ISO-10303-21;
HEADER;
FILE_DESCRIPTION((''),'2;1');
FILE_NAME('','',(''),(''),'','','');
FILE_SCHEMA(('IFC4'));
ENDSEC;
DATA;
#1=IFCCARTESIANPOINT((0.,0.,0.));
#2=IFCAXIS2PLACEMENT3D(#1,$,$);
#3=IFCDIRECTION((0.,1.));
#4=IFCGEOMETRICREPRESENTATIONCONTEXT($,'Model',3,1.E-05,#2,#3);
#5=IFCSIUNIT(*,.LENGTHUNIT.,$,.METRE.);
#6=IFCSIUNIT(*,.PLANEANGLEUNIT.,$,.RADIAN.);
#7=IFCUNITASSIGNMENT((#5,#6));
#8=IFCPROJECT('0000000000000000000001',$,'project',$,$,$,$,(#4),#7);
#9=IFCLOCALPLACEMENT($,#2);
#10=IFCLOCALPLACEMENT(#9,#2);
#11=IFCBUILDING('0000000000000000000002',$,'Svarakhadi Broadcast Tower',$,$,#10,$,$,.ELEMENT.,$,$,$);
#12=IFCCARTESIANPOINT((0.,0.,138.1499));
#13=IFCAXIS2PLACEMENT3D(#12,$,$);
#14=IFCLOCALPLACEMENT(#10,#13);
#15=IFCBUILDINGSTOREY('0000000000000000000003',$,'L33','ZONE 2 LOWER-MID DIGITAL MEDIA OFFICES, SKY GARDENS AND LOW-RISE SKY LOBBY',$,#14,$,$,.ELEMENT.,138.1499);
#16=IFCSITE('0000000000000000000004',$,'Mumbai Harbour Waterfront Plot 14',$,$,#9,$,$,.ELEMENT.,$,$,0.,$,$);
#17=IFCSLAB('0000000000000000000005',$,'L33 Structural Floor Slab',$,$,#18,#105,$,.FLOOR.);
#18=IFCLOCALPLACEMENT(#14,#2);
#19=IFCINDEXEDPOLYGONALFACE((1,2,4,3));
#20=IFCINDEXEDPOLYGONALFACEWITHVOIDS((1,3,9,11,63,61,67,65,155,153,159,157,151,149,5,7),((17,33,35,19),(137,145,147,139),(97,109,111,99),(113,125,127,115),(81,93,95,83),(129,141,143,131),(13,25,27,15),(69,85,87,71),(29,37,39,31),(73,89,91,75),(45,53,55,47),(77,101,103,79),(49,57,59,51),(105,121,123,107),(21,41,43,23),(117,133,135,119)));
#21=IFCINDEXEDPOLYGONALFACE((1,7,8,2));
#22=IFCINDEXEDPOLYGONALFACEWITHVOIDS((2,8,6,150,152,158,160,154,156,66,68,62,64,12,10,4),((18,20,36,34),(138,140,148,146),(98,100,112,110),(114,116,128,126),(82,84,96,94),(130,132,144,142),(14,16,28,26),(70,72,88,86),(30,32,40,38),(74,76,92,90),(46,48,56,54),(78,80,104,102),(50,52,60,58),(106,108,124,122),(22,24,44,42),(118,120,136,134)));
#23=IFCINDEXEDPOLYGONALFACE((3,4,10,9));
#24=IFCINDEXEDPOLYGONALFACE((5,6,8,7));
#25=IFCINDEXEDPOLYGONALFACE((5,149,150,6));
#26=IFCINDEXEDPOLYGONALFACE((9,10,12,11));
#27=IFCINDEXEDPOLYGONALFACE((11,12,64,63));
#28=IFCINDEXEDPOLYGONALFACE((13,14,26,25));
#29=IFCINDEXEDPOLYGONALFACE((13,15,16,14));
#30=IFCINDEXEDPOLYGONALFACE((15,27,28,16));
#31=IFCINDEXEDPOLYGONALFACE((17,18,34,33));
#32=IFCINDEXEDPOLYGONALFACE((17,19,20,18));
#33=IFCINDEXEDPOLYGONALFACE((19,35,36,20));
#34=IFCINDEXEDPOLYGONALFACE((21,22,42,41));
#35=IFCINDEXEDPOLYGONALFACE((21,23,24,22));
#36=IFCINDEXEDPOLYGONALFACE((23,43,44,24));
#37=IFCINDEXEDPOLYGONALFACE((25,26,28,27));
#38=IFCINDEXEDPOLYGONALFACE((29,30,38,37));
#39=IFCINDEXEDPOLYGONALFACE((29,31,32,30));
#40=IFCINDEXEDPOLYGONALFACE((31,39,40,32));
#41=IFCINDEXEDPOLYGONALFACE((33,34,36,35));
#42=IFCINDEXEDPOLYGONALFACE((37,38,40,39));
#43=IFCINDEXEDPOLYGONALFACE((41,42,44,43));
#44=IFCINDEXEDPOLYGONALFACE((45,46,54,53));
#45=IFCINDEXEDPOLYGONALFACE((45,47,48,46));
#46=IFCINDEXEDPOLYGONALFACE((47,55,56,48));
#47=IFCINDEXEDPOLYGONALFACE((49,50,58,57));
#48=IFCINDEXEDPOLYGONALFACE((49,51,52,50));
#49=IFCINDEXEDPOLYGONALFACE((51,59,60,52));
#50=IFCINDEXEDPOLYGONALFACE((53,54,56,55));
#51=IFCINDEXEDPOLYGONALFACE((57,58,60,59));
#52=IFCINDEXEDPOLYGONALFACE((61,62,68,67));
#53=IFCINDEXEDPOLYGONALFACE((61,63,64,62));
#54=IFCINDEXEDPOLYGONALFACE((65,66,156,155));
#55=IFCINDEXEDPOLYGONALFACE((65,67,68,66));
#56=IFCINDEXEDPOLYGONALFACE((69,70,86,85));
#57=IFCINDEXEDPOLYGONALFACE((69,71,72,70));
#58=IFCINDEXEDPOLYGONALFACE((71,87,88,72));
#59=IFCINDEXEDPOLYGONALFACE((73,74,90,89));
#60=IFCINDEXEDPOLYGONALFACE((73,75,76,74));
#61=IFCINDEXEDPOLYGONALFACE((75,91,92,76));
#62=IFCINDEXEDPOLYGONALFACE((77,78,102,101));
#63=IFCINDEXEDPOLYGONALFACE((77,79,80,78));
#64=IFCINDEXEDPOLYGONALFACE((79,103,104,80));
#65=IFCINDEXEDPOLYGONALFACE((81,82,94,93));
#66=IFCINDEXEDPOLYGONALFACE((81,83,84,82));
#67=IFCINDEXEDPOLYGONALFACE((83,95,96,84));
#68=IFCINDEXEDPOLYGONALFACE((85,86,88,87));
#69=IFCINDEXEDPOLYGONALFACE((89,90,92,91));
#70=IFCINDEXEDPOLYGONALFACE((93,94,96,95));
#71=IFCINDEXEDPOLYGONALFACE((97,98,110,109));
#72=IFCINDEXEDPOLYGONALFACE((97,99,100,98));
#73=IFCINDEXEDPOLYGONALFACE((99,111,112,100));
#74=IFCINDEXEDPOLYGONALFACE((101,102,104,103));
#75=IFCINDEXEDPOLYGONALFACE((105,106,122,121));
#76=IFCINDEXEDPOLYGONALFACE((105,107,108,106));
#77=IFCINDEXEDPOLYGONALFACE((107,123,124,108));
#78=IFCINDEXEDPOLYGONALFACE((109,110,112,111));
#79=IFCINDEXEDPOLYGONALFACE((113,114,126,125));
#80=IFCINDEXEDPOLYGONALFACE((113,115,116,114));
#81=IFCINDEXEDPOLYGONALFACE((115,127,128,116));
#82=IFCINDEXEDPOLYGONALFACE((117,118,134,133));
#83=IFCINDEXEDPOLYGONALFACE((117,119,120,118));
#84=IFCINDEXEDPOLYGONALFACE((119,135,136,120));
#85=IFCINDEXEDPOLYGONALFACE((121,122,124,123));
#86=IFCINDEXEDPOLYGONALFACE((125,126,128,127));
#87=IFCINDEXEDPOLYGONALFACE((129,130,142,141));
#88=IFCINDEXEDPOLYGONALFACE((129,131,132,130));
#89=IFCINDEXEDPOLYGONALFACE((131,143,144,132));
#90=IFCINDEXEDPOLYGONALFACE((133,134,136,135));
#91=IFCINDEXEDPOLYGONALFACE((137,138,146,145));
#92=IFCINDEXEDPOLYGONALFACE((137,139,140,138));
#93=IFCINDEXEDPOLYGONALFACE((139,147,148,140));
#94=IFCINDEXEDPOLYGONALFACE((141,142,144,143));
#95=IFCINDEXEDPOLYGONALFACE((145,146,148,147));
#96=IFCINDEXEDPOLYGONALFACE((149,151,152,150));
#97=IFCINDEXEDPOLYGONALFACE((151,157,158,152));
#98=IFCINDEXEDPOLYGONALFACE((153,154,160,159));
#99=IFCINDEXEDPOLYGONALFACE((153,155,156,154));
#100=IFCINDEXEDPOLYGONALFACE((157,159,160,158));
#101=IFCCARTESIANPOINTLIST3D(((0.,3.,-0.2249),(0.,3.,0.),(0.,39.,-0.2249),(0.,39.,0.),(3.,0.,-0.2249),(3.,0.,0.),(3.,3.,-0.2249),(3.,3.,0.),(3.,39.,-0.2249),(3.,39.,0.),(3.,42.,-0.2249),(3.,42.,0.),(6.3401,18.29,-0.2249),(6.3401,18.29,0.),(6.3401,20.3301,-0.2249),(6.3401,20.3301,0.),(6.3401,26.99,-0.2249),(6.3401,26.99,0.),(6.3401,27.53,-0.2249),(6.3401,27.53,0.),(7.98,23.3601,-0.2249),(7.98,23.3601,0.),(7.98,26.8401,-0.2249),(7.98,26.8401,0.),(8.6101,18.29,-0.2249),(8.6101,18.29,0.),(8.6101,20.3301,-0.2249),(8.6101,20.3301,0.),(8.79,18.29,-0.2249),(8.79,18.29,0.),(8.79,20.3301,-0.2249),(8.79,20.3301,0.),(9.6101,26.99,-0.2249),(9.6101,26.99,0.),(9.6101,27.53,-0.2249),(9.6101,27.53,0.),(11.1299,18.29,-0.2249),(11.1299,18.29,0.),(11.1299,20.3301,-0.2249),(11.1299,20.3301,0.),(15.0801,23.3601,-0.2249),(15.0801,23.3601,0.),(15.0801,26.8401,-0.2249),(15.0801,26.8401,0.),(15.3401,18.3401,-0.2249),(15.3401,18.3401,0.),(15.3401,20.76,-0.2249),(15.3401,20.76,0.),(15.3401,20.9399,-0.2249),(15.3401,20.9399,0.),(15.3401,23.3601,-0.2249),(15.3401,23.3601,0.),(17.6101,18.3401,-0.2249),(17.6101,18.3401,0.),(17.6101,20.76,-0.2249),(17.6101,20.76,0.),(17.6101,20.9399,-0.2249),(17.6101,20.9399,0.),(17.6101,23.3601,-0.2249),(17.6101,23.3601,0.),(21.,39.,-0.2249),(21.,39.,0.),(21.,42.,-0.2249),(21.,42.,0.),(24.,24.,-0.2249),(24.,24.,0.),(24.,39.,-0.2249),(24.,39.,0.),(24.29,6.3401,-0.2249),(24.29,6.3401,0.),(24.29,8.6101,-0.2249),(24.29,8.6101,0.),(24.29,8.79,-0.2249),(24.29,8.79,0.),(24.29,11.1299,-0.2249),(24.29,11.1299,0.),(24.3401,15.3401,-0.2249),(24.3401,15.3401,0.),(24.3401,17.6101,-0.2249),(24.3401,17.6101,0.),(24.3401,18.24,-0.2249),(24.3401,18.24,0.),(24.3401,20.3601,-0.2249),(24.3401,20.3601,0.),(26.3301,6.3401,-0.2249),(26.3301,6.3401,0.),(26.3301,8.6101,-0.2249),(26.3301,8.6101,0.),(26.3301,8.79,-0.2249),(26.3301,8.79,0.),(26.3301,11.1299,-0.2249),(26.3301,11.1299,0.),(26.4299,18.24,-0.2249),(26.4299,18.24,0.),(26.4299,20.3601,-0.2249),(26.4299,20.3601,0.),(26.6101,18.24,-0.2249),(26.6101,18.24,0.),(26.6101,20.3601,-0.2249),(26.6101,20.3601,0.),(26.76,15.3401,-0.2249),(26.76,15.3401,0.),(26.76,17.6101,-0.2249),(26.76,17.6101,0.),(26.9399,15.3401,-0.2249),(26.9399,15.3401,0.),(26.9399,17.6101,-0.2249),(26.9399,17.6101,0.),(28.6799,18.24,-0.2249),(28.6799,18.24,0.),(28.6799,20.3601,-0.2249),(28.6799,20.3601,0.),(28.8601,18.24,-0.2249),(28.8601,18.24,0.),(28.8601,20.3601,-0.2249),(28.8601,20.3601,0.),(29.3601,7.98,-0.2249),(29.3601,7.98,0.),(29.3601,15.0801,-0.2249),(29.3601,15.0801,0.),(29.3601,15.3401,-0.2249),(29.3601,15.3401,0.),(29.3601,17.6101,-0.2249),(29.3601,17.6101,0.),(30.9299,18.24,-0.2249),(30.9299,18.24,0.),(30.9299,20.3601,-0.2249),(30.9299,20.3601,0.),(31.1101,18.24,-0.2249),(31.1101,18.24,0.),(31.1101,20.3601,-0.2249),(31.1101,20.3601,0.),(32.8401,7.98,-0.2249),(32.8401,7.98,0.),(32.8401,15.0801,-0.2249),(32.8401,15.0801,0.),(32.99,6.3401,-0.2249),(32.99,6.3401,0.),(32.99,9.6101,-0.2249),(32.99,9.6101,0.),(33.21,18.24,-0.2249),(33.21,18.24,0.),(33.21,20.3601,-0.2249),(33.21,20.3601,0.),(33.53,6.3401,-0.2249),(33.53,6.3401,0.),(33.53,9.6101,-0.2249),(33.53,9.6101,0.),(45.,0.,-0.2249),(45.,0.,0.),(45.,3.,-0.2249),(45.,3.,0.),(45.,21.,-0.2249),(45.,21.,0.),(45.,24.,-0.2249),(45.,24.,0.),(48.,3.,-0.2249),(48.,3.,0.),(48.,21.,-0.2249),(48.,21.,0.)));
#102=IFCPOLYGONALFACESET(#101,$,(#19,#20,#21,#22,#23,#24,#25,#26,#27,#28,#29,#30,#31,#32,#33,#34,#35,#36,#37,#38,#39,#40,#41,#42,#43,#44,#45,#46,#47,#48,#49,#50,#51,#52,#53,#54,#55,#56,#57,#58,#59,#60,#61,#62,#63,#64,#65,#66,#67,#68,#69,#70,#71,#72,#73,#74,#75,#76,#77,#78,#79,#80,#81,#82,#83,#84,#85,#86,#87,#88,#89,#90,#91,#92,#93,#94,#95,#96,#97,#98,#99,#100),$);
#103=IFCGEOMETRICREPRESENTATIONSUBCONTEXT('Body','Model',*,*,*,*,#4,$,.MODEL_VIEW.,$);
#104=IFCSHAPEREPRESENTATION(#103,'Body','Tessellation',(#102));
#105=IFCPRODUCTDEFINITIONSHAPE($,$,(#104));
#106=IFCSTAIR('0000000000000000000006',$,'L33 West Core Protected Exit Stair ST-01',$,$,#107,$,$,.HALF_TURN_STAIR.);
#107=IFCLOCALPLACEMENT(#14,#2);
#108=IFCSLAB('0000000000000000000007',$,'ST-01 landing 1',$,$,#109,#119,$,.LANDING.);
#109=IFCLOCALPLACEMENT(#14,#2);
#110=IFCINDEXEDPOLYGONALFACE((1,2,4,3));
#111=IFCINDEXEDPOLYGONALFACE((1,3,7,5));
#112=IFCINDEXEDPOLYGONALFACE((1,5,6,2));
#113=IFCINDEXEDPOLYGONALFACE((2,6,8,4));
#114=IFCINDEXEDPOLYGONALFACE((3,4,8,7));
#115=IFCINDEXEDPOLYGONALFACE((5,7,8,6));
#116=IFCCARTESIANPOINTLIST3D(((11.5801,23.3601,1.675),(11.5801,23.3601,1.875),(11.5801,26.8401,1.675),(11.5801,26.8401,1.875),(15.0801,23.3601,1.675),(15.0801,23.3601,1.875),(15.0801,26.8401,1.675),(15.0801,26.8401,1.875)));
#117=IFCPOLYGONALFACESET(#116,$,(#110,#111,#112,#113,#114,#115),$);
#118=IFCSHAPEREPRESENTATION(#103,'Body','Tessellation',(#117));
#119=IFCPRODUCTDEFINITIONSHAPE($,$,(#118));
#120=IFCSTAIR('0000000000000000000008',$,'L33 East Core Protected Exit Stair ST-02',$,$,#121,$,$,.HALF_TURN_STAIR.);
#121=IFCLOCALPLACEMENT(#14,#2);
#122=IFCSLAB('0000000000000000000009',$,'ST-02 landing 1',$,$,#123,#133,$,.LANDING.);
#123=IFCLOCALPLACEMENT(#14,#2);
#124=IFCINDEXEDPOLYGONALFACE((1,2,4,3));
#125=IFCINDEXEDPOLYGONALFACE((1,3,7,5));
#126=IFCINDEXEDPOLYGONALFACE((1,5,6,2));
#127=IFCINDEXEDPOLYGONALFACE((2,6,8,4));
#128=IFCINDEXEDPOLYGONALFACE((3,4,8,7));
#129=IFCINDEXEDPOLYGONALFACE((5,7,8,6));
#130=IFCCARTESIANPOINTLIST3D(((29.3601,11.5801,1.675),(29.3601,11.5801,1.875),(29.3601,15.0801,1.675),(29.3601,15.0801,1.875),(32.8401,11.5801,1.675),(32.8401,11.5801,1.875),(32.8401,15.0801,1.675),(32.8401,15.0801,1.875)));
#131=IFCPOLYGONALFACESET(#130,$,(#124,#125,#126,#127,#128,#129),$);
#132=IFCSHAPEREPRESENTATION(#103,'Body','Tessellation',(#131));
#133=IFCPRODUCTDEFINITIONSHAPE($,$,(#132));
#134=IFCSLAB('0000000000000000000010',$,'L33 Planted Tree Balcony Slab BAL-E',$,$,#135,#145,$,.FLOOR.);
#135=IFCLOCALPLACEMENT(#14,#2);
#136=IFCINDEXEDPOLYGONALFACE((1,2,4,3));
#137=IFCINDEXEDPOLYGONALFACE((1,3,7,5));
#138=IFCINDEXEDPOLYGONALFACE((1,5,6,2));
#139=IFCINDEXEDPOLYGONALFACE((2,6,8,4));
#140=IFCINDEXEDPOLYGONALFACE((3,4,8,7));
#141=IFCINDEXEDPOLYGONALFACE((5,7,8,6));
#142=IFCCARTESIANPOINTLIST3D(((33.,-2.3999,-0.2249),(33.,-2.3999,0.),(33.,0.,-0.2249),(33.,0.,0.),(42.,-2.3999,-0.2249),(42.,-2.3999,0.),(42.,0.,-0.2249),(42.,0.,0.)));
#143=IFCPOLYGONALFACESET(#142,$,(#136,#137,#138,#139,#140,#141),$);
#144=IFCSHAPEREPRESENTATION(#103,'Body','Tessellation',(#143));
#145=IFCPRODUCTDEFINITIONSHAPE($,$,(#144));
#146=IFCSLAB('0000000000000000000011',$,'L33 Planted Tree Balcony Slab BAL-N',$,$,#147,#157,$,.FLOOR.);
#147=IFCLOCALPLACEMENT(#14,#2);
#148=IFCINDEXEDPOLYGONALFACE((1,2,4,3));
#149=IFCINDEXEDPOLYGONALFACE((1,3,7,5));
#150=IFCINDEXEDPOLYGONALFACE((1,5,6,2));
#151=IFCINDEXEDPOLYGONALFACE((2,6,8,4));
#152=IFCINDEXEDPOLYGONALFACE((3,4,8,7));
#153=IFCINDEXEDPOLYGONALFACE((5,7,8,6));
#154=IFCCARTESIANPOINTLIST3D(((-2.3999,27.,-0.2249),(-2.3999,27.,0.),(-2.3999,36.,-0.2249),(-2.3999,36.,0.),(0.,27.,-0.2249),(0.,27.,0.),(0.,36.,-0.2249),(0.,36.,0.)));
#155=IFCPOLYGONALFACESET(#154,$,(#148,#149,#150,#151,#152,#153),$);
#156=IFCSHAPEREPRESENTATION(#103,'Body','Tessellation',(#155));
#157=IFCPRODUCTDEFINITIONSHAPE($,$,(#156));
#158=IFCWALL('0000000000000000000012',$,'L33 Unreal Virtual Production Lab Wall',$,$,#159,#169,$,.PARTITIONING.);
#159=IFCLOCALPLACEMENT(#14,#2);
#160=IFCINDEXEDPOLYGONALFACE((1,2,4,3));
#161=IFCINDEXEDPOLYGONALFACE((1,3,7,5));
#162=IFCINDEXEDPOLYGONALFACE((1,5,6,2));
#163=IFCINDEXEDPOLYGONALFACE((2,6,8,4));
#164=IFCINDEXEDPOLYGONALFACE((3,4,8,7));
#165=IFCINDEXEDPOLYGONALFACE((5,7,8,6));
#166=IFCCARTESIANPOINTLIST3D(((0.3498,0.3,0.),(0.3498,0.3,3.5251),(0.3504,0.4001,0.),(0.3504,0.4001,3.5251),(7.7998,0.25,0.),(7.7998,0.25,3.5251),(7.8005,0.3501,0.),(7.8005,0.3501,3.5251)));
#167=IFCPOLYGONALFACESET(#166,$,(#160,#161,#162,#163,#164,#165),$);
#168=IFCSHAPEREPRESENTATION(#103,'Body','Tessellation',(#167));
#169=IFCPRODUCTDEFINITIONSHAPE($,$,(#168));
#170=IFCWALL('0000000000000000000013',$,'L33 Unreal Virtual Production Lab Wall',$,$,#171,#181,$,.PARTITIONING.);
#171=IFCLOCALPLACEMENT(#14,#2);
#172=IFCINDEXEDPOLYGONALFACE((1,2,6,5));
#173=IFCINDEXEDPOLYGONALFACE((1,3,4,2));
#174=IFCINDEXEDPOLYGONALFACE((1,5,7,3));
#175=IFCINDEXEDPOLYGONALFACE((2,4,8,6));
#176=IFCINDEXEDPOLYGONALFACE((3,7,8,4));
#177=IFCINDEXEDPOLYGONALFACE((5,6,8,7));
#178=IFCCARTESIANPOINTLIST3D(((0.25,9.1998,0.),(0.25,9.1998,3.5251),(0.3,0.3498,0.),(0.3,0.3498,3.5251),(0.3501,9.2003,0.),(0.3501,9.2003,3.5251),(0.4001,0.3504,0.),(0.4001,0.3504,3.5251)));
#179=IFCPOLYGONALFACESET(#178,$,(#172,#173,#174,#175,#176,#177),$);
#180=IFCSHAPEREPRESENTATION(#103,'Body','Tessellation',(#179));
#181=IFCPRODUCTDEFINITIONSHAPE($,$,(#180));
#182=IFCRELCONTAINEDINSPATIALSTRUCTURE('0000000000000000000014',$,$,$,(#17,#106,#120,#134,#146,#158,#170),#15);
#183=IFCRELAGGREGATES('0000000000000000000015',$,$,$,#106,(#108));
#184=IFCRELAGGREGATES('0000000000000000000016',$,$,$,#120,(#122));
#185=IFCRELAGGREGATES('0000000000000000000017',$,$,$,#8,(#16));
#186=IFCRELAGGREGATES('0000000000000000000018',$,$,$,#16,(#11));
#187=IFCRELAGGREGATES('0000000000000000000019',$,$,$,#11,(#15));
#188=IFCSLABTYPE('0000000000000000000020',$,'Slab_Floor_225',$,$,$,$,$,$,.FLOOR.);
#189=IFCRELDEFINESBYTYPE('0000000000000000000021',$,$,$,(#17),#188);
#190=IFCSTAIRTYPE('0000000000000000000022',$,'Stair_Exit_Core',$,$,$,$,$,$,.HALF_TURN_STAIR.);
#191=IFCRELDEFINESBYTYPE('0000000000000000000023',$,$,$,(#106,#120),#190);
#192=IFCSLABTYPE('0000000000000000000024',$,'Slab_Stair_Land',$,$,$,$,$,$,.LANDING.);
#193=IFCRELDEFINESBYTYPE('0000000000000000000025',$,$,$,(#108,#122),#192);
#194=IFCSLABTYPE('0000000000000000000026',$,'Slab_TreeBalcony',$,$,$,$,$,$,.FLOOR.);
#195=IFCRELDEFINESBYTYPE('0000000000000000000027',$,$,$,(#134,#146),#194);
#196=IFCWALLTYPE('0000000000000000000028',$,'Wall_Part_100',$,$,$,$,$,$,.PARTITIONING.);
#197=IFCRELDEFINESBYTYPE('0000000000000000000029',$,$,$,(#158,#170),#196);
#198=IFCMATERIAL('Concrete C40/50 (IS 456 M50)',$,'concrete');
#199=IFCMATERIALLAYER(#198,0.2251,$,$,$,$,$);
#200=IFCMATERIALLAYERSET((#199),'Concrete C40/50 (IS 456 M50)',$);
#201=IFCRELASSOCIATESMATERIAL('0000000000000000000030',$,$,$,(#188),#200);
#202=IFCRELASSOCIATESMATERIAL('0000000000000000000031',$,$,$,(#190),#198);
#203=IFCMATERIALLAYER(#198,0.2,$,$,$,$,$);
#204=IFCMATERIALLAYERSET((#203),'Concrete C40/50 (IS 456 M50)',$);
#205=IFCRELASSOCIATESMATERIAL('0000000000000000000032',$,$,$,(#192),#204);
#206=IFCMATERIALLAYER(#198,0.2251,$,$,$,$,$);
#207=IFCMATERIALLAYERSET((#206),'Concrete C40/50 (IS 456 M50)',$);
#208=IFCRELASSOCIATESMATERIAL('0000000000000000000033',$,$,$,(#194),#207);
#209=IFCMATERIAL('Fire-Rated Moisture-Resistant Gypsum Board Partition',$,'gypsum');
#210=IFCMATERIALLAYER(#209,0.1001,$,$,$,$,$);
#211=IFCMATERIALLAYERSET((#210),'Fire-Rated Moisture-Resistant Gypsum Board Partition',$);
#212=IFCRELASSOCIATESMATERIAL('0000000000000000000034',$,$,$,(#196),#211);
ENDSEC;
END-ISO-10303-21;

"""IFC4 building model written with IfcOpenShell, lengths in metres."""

from ifc_helpers import new_model, si_unit, direction, frame, frame_2d, origin, place, context, subcontext, project, spatial, polyline, rectangle, outline, extrude, material, layer, layer_set, type_object, element, aggregate, save


model = new_model("IFC4")

# Units and contexts
model_context = context("Model", 3, precision=1e-05, world=origin(), true_north=direction((0.0, 1.0)))
body_context = subcontext(model_context, "Body", "Model", "MODEL_VIEW")
ifc_project = project(units=[si_unit("LENGTHUNIT", "METRE"), si_unit("PLANEANGLEUNIT", "RADIAN")], contexts=[model_context])

# Site, building, storey
site_placement = place(None, origin())
site = spatial("IfcSite", under=ifc_project, at=site_placement, Name="Mumbai Harbour Waterfront Plot 14", CompositionType="ELEMENT", RefElevation=0.0)
building_placement = place(site_placement, origin())
building = spatial("IfcBuilding", under=site, at=building_placement, Name="Svarakhadi Broadcast Tower", CompositionType="ELEMENT")
storey_placement = place(building_placement, frame((0.0, 0.0, 138.1499)))
storey = spatial("IfcBuildingStorey", under=building, at=storey_placement, Name="L33", Description="ZONE 2 LOWER-MID DIGITAL MEDIA OFFICES, SKY GARDENS AND LOW-RISE SKY LOBBY", CompositionType="ELEMENT", Elevation=138.1499)

# Slab
ifc_material_1 = material(Name="Concrete C40/50 (IS 456 M50)", Category="concrete")
ifc_layer_1 = layer(ifc_material_1, 0.2251)
ifc_layer_set_1 = layer_set([ifc_layer_1], Name="Concrete C40/50 (IS 456 M50)")
slab_type_1 = type_object("IfcSlabType", Name="Slab_Floor_225", PredefinedType="FLOOR", material=ifc_layer_set_1)
slab_1_placement = place(storey_placement, frame((0.0, 0.0, -0.2249)))
element("IfcSlab", 1, at=slab_1_placement, inside=storey, type_object=slab_type_1, Name="L33 Structural Floor Slab", PredefinedType="FLOOR", context=body_context, shape_type="SweptSolid", body=[
    extrude(outline(polyline([(3.0, 0.0), (45.0, 0.0), (45.0, 3.0), (48.0, 3.0), (48.0, 21.0), (45.0, 21.0), (45.0, 24.0), (24.0, 24.0), (24.0, 39.0), (21.0, 39.0), (21.0, 42.0), (3.0, 42.0), (3.0, 39.0), (0.0, 39.0), (0.0, 3.0), (3.0, 3.0), (3.0, 0.0)]), holes=[polyline([(7.98, 23.3601), (15.0801, 23.3601), (15.0801, 26.8401), (7.98, 26.8401), (7.98, 23.3601)]), polyline([(32.8401, 7.98), (32.8401, 15.0801), (29.3601, 15.0801), (29.3601, 7.98), (32.8401, 7.98)]), polyline([(6.3401, 18.29), (8.6101, 18.29), (8.6101, 20.3301), (6.3401, 20.3301), (6.3401, 18.29)]), polyline([(8.79, 18.29), (11.1299, 18.29), (11.1299, 20.3301), (8.79, 20.3301), (8.79, 18.29)]), polyline([(24.29, 6.3401), (26.3301, 6.3401), (26.3301, 8.6101), (24.29, 8.6101), (24.29, 6.3401)]), polyline([(24.29, 8.79), (26.3301, 8.79), (26.3301, 11.1299), (24.29, 11.1299), (24.29, 8.79)]), polyline([(6.3401, 26.99), (9.6101, 26.99), (9.6101, 27.53), (6.3401, 27.53), (6.3401, 26.99)]), polyline([(32.99, 6.3401), (33.53, 6.3401), (33.53, 9.6101), (32.99, 9.6101), (32.99, 6.3401)]), polyline([(15.3401, 18.3401), (17.6101, 18.3401), (17.6101, 20.76), (15.3401, 20.76), (15.3401, 18.3401)]), polyline([(15.3401, 20.9399), (17.6101, 20.9399), (17.6101, 23.3601), (15.3401, 23.3601), (15.3401, 20.9399)]), polyline([(24.3401, 15.3401), (26.76, 15.3401), (26.76, 17.6101), (24.3401, 17.6101), (24.3401, 15.3401)]), polyline([(26.9399, 15.3401), (29.3601, 15.3401), (29.3601, 17.6101), (26.9399, 17.6101), (26.9399, 15.3401)]), polyline([(24.3401, 18.24), (26.4299, 18.24), (26.4299, 20.3601), (24.3401, 20.3601), (24.3401, 18.24)]), polyline([(26.6101, 18.24), (28.6799, 18.24), (28.6799, 20.3601), (26.6101, 20.3601), (26.6101, 18.24)]), polyline([(28.8601, 18.24), (30.9299, 18.24), (30.9299, 20.3601), (28.8601, 20.3601), (28.8601, 18.24)]), polyline([(31.1101, 18.24), (33.21, 18.24), (33.21, 20.3601), (31.1101, 20.3601), (31.1101, 18.24)])]), origin(), (0.0, 0.0, 1.0), 0.2249),
])

# Stairs, slabs
stair_type = type_object("IfcStairType", Name="Stair_Exit_Core", PredefinedType="HALF_TURN_STAIR", material=ifc_material_1)
stair_1_placement = place(storey_placement, origin())
stair_1 = element("IfcStair", 2, at=stair_1_placement, inside=storey, type_object=stair_type, Name="L33 West Core Protected Exit Stair ST-01", PredefinedType="HALF_TURN_STAIR")
ifc_layer_2 = layer(ifc_material_1, 0.2)
ifc_layer_set_2 = layer_set([ifc_layer_2], Name="Concrete C40/50 (IS 456 M50)")
slab_type_2 = type_object("IfcSlabType", Name="Slab_Stair_Land", PredefinedType="LANDING", material=ifc_layer_set_2)
slab_2_placement = place(storey_placement, frame((0.0, 0.0, 1.675)))
slab_2 = element("IfcSlab", 3, at=slab_2_placement, type_object=slab_type_2, Name="ST-01 landing 1", PredefinedType="LANDING", context=body_context, shape_type="SweptSolid", body=[
    extrude(outline(polyline([(11.5801, 23.3601), (15.0801, 23.3601), (15.0801, 26.8401), (11.5801, 26.8401), (11.5801, 23.3601)])), origin(), (0.0, 0.0, 1.0), 0.2),
])
aggregate(stair_1, [slab_2])
stair_2_placement = place(storey_placement, origin())
stair_2 = element("IfcStair", 4, at=stair_2_placement, inside=storey, type_object=stair_type, Name="L33 East Core Protected Exit Stair ST-02", PredefinedType="HALF_TURN_STAIR")
slab_3_placement = place(storey_placement, frame((0.0, 0.0, 1.675)))
slab_3 = element("IfcSlab", 5, at=slab_3_placement, type_object=slab_type_2, Name="ST-02 landing 1", PredefinedType="LANDING", context=body_context, shape_type="SweptSolid", body=[
    extrude(outline(polyline([(32.8401, 11.5801), (32.8401, 15.0801), (29.3601, 15.0801), (29.3601, 11.5801), (32.8401, 11.5801)])), origin(), (0.0, 0.0, 1.0), 0.2),
])
aggregate(stair_2, [slab_3])

# Slabs
ifc_layer_3 = layer(ifc_material_1, 0.2251)
ifc_layer_set_3 = layer_set([ifc_layer_3], Name="Concrete C40/50 (IS 456 M50)")
slab_type_3 = type_object("IfcSlabType", Name="Slab_TreeBalcony", PredefinedType="FLOOR", material=ifc_layer_set_3)
slab_4_placement = place(storey_placement, frame((0.0, 0.0, -0.2249)))
element("IfcSlab", 6, at=slab_4_placement, inside=storey, type_object=slab_type_3, Name="L33 Planted Tree Balcony Slab BAL-E", PredefinedType="FLOOR", context=body_context, shape_type="SweptSolid", body=[
    extrude(outline(polyline([(33.0, -2.3999), (42.0, -2.3999), (42.0, 0.0), (33.0, 0.0), (33.0, -2.3999)])), origin(), (0.0, 0.0, 1.0), 0.2249),
])
slab_5_placement = place(storey_placement, frame((0.0, 0.0, -0.2249)))
element("IfcSlab", 7, at=slab_5_placement, inside=storey, type_object=slab_type_3, Name="L33 Planted Tree Balcony Slab BAL-N", PredefinedType="FLOOR", context=body_context, shape_type="SweptSolid", body=[
    extrude(outline(polyline([(-2.3999, 27.0), (0.0, 27.0), (0.0, 36.0), (-2.3999, 36.0), (-2.3999, 27.0)])), origin(), (0.0, 0.0, 1.0), 0.2249),
])

# Walls
ifc_material_2 = material(Name="Fire-Rated Moisture-Resistant Gypsum Board Partition", Category="gypsum")
ifc_layer_4 = layer(ifc_material_2, 0.1001)
ifc_layer_set_4 = layer_set([ifc_layer_4], Name="Fire-Rated Moisture-Resistant Gypsum Board Partition")
wall_type = type_object("IfcWallType", Name="Wall_Part_100", PredefinedType="PARTITIONING", material=ifc_layer_set_4)
wall_1_placement = place(storey_placement, frame((0.3501, 0.3501, 0.0), z_axis=(0.0, 0.0, 1.0), x_axis=(0.999977, -0.006718, 0.0)))
element("IfcWall", 8, at=wall_1_placement, inside=storey, type_object=wall_type, Name="L33 Unreal Virtual Production Lab Wall", PredefinedType="PARTITIONING", context=body_context, shape_type="SweptSolid", body=[
    extrude(rectangle(XDim=7.4502, YDim=0.1001, at=frame_2d((3.7251, 0.0))), origin(), (0.0, 0.0, 1.0), 3.5251),
])
wall_2_placement = place(storey_placement, frame((0.3501, 0.3501, 0.0), z_axis=(0.0, 0.0, 1.0), x_axis=(-0.005655, 0.999984, 0.0)))
element("IfcWall", 9, at=wall_2_placement, inside=storey, type_object=wall_type, Name="L33 Unreal Virtual Production Lab Wall", PredefinedType="PARTITIONING", context=body_context, shape_type="SweptSolid", body=[
    extrude(rectangle(XDim=8.8501, YDim=0.1001, at=frame_2d((4.425, 0.0))), origin(), (0.0, 0.0, 1.0), 3.5251),
])

save(model, "model.ifc")
